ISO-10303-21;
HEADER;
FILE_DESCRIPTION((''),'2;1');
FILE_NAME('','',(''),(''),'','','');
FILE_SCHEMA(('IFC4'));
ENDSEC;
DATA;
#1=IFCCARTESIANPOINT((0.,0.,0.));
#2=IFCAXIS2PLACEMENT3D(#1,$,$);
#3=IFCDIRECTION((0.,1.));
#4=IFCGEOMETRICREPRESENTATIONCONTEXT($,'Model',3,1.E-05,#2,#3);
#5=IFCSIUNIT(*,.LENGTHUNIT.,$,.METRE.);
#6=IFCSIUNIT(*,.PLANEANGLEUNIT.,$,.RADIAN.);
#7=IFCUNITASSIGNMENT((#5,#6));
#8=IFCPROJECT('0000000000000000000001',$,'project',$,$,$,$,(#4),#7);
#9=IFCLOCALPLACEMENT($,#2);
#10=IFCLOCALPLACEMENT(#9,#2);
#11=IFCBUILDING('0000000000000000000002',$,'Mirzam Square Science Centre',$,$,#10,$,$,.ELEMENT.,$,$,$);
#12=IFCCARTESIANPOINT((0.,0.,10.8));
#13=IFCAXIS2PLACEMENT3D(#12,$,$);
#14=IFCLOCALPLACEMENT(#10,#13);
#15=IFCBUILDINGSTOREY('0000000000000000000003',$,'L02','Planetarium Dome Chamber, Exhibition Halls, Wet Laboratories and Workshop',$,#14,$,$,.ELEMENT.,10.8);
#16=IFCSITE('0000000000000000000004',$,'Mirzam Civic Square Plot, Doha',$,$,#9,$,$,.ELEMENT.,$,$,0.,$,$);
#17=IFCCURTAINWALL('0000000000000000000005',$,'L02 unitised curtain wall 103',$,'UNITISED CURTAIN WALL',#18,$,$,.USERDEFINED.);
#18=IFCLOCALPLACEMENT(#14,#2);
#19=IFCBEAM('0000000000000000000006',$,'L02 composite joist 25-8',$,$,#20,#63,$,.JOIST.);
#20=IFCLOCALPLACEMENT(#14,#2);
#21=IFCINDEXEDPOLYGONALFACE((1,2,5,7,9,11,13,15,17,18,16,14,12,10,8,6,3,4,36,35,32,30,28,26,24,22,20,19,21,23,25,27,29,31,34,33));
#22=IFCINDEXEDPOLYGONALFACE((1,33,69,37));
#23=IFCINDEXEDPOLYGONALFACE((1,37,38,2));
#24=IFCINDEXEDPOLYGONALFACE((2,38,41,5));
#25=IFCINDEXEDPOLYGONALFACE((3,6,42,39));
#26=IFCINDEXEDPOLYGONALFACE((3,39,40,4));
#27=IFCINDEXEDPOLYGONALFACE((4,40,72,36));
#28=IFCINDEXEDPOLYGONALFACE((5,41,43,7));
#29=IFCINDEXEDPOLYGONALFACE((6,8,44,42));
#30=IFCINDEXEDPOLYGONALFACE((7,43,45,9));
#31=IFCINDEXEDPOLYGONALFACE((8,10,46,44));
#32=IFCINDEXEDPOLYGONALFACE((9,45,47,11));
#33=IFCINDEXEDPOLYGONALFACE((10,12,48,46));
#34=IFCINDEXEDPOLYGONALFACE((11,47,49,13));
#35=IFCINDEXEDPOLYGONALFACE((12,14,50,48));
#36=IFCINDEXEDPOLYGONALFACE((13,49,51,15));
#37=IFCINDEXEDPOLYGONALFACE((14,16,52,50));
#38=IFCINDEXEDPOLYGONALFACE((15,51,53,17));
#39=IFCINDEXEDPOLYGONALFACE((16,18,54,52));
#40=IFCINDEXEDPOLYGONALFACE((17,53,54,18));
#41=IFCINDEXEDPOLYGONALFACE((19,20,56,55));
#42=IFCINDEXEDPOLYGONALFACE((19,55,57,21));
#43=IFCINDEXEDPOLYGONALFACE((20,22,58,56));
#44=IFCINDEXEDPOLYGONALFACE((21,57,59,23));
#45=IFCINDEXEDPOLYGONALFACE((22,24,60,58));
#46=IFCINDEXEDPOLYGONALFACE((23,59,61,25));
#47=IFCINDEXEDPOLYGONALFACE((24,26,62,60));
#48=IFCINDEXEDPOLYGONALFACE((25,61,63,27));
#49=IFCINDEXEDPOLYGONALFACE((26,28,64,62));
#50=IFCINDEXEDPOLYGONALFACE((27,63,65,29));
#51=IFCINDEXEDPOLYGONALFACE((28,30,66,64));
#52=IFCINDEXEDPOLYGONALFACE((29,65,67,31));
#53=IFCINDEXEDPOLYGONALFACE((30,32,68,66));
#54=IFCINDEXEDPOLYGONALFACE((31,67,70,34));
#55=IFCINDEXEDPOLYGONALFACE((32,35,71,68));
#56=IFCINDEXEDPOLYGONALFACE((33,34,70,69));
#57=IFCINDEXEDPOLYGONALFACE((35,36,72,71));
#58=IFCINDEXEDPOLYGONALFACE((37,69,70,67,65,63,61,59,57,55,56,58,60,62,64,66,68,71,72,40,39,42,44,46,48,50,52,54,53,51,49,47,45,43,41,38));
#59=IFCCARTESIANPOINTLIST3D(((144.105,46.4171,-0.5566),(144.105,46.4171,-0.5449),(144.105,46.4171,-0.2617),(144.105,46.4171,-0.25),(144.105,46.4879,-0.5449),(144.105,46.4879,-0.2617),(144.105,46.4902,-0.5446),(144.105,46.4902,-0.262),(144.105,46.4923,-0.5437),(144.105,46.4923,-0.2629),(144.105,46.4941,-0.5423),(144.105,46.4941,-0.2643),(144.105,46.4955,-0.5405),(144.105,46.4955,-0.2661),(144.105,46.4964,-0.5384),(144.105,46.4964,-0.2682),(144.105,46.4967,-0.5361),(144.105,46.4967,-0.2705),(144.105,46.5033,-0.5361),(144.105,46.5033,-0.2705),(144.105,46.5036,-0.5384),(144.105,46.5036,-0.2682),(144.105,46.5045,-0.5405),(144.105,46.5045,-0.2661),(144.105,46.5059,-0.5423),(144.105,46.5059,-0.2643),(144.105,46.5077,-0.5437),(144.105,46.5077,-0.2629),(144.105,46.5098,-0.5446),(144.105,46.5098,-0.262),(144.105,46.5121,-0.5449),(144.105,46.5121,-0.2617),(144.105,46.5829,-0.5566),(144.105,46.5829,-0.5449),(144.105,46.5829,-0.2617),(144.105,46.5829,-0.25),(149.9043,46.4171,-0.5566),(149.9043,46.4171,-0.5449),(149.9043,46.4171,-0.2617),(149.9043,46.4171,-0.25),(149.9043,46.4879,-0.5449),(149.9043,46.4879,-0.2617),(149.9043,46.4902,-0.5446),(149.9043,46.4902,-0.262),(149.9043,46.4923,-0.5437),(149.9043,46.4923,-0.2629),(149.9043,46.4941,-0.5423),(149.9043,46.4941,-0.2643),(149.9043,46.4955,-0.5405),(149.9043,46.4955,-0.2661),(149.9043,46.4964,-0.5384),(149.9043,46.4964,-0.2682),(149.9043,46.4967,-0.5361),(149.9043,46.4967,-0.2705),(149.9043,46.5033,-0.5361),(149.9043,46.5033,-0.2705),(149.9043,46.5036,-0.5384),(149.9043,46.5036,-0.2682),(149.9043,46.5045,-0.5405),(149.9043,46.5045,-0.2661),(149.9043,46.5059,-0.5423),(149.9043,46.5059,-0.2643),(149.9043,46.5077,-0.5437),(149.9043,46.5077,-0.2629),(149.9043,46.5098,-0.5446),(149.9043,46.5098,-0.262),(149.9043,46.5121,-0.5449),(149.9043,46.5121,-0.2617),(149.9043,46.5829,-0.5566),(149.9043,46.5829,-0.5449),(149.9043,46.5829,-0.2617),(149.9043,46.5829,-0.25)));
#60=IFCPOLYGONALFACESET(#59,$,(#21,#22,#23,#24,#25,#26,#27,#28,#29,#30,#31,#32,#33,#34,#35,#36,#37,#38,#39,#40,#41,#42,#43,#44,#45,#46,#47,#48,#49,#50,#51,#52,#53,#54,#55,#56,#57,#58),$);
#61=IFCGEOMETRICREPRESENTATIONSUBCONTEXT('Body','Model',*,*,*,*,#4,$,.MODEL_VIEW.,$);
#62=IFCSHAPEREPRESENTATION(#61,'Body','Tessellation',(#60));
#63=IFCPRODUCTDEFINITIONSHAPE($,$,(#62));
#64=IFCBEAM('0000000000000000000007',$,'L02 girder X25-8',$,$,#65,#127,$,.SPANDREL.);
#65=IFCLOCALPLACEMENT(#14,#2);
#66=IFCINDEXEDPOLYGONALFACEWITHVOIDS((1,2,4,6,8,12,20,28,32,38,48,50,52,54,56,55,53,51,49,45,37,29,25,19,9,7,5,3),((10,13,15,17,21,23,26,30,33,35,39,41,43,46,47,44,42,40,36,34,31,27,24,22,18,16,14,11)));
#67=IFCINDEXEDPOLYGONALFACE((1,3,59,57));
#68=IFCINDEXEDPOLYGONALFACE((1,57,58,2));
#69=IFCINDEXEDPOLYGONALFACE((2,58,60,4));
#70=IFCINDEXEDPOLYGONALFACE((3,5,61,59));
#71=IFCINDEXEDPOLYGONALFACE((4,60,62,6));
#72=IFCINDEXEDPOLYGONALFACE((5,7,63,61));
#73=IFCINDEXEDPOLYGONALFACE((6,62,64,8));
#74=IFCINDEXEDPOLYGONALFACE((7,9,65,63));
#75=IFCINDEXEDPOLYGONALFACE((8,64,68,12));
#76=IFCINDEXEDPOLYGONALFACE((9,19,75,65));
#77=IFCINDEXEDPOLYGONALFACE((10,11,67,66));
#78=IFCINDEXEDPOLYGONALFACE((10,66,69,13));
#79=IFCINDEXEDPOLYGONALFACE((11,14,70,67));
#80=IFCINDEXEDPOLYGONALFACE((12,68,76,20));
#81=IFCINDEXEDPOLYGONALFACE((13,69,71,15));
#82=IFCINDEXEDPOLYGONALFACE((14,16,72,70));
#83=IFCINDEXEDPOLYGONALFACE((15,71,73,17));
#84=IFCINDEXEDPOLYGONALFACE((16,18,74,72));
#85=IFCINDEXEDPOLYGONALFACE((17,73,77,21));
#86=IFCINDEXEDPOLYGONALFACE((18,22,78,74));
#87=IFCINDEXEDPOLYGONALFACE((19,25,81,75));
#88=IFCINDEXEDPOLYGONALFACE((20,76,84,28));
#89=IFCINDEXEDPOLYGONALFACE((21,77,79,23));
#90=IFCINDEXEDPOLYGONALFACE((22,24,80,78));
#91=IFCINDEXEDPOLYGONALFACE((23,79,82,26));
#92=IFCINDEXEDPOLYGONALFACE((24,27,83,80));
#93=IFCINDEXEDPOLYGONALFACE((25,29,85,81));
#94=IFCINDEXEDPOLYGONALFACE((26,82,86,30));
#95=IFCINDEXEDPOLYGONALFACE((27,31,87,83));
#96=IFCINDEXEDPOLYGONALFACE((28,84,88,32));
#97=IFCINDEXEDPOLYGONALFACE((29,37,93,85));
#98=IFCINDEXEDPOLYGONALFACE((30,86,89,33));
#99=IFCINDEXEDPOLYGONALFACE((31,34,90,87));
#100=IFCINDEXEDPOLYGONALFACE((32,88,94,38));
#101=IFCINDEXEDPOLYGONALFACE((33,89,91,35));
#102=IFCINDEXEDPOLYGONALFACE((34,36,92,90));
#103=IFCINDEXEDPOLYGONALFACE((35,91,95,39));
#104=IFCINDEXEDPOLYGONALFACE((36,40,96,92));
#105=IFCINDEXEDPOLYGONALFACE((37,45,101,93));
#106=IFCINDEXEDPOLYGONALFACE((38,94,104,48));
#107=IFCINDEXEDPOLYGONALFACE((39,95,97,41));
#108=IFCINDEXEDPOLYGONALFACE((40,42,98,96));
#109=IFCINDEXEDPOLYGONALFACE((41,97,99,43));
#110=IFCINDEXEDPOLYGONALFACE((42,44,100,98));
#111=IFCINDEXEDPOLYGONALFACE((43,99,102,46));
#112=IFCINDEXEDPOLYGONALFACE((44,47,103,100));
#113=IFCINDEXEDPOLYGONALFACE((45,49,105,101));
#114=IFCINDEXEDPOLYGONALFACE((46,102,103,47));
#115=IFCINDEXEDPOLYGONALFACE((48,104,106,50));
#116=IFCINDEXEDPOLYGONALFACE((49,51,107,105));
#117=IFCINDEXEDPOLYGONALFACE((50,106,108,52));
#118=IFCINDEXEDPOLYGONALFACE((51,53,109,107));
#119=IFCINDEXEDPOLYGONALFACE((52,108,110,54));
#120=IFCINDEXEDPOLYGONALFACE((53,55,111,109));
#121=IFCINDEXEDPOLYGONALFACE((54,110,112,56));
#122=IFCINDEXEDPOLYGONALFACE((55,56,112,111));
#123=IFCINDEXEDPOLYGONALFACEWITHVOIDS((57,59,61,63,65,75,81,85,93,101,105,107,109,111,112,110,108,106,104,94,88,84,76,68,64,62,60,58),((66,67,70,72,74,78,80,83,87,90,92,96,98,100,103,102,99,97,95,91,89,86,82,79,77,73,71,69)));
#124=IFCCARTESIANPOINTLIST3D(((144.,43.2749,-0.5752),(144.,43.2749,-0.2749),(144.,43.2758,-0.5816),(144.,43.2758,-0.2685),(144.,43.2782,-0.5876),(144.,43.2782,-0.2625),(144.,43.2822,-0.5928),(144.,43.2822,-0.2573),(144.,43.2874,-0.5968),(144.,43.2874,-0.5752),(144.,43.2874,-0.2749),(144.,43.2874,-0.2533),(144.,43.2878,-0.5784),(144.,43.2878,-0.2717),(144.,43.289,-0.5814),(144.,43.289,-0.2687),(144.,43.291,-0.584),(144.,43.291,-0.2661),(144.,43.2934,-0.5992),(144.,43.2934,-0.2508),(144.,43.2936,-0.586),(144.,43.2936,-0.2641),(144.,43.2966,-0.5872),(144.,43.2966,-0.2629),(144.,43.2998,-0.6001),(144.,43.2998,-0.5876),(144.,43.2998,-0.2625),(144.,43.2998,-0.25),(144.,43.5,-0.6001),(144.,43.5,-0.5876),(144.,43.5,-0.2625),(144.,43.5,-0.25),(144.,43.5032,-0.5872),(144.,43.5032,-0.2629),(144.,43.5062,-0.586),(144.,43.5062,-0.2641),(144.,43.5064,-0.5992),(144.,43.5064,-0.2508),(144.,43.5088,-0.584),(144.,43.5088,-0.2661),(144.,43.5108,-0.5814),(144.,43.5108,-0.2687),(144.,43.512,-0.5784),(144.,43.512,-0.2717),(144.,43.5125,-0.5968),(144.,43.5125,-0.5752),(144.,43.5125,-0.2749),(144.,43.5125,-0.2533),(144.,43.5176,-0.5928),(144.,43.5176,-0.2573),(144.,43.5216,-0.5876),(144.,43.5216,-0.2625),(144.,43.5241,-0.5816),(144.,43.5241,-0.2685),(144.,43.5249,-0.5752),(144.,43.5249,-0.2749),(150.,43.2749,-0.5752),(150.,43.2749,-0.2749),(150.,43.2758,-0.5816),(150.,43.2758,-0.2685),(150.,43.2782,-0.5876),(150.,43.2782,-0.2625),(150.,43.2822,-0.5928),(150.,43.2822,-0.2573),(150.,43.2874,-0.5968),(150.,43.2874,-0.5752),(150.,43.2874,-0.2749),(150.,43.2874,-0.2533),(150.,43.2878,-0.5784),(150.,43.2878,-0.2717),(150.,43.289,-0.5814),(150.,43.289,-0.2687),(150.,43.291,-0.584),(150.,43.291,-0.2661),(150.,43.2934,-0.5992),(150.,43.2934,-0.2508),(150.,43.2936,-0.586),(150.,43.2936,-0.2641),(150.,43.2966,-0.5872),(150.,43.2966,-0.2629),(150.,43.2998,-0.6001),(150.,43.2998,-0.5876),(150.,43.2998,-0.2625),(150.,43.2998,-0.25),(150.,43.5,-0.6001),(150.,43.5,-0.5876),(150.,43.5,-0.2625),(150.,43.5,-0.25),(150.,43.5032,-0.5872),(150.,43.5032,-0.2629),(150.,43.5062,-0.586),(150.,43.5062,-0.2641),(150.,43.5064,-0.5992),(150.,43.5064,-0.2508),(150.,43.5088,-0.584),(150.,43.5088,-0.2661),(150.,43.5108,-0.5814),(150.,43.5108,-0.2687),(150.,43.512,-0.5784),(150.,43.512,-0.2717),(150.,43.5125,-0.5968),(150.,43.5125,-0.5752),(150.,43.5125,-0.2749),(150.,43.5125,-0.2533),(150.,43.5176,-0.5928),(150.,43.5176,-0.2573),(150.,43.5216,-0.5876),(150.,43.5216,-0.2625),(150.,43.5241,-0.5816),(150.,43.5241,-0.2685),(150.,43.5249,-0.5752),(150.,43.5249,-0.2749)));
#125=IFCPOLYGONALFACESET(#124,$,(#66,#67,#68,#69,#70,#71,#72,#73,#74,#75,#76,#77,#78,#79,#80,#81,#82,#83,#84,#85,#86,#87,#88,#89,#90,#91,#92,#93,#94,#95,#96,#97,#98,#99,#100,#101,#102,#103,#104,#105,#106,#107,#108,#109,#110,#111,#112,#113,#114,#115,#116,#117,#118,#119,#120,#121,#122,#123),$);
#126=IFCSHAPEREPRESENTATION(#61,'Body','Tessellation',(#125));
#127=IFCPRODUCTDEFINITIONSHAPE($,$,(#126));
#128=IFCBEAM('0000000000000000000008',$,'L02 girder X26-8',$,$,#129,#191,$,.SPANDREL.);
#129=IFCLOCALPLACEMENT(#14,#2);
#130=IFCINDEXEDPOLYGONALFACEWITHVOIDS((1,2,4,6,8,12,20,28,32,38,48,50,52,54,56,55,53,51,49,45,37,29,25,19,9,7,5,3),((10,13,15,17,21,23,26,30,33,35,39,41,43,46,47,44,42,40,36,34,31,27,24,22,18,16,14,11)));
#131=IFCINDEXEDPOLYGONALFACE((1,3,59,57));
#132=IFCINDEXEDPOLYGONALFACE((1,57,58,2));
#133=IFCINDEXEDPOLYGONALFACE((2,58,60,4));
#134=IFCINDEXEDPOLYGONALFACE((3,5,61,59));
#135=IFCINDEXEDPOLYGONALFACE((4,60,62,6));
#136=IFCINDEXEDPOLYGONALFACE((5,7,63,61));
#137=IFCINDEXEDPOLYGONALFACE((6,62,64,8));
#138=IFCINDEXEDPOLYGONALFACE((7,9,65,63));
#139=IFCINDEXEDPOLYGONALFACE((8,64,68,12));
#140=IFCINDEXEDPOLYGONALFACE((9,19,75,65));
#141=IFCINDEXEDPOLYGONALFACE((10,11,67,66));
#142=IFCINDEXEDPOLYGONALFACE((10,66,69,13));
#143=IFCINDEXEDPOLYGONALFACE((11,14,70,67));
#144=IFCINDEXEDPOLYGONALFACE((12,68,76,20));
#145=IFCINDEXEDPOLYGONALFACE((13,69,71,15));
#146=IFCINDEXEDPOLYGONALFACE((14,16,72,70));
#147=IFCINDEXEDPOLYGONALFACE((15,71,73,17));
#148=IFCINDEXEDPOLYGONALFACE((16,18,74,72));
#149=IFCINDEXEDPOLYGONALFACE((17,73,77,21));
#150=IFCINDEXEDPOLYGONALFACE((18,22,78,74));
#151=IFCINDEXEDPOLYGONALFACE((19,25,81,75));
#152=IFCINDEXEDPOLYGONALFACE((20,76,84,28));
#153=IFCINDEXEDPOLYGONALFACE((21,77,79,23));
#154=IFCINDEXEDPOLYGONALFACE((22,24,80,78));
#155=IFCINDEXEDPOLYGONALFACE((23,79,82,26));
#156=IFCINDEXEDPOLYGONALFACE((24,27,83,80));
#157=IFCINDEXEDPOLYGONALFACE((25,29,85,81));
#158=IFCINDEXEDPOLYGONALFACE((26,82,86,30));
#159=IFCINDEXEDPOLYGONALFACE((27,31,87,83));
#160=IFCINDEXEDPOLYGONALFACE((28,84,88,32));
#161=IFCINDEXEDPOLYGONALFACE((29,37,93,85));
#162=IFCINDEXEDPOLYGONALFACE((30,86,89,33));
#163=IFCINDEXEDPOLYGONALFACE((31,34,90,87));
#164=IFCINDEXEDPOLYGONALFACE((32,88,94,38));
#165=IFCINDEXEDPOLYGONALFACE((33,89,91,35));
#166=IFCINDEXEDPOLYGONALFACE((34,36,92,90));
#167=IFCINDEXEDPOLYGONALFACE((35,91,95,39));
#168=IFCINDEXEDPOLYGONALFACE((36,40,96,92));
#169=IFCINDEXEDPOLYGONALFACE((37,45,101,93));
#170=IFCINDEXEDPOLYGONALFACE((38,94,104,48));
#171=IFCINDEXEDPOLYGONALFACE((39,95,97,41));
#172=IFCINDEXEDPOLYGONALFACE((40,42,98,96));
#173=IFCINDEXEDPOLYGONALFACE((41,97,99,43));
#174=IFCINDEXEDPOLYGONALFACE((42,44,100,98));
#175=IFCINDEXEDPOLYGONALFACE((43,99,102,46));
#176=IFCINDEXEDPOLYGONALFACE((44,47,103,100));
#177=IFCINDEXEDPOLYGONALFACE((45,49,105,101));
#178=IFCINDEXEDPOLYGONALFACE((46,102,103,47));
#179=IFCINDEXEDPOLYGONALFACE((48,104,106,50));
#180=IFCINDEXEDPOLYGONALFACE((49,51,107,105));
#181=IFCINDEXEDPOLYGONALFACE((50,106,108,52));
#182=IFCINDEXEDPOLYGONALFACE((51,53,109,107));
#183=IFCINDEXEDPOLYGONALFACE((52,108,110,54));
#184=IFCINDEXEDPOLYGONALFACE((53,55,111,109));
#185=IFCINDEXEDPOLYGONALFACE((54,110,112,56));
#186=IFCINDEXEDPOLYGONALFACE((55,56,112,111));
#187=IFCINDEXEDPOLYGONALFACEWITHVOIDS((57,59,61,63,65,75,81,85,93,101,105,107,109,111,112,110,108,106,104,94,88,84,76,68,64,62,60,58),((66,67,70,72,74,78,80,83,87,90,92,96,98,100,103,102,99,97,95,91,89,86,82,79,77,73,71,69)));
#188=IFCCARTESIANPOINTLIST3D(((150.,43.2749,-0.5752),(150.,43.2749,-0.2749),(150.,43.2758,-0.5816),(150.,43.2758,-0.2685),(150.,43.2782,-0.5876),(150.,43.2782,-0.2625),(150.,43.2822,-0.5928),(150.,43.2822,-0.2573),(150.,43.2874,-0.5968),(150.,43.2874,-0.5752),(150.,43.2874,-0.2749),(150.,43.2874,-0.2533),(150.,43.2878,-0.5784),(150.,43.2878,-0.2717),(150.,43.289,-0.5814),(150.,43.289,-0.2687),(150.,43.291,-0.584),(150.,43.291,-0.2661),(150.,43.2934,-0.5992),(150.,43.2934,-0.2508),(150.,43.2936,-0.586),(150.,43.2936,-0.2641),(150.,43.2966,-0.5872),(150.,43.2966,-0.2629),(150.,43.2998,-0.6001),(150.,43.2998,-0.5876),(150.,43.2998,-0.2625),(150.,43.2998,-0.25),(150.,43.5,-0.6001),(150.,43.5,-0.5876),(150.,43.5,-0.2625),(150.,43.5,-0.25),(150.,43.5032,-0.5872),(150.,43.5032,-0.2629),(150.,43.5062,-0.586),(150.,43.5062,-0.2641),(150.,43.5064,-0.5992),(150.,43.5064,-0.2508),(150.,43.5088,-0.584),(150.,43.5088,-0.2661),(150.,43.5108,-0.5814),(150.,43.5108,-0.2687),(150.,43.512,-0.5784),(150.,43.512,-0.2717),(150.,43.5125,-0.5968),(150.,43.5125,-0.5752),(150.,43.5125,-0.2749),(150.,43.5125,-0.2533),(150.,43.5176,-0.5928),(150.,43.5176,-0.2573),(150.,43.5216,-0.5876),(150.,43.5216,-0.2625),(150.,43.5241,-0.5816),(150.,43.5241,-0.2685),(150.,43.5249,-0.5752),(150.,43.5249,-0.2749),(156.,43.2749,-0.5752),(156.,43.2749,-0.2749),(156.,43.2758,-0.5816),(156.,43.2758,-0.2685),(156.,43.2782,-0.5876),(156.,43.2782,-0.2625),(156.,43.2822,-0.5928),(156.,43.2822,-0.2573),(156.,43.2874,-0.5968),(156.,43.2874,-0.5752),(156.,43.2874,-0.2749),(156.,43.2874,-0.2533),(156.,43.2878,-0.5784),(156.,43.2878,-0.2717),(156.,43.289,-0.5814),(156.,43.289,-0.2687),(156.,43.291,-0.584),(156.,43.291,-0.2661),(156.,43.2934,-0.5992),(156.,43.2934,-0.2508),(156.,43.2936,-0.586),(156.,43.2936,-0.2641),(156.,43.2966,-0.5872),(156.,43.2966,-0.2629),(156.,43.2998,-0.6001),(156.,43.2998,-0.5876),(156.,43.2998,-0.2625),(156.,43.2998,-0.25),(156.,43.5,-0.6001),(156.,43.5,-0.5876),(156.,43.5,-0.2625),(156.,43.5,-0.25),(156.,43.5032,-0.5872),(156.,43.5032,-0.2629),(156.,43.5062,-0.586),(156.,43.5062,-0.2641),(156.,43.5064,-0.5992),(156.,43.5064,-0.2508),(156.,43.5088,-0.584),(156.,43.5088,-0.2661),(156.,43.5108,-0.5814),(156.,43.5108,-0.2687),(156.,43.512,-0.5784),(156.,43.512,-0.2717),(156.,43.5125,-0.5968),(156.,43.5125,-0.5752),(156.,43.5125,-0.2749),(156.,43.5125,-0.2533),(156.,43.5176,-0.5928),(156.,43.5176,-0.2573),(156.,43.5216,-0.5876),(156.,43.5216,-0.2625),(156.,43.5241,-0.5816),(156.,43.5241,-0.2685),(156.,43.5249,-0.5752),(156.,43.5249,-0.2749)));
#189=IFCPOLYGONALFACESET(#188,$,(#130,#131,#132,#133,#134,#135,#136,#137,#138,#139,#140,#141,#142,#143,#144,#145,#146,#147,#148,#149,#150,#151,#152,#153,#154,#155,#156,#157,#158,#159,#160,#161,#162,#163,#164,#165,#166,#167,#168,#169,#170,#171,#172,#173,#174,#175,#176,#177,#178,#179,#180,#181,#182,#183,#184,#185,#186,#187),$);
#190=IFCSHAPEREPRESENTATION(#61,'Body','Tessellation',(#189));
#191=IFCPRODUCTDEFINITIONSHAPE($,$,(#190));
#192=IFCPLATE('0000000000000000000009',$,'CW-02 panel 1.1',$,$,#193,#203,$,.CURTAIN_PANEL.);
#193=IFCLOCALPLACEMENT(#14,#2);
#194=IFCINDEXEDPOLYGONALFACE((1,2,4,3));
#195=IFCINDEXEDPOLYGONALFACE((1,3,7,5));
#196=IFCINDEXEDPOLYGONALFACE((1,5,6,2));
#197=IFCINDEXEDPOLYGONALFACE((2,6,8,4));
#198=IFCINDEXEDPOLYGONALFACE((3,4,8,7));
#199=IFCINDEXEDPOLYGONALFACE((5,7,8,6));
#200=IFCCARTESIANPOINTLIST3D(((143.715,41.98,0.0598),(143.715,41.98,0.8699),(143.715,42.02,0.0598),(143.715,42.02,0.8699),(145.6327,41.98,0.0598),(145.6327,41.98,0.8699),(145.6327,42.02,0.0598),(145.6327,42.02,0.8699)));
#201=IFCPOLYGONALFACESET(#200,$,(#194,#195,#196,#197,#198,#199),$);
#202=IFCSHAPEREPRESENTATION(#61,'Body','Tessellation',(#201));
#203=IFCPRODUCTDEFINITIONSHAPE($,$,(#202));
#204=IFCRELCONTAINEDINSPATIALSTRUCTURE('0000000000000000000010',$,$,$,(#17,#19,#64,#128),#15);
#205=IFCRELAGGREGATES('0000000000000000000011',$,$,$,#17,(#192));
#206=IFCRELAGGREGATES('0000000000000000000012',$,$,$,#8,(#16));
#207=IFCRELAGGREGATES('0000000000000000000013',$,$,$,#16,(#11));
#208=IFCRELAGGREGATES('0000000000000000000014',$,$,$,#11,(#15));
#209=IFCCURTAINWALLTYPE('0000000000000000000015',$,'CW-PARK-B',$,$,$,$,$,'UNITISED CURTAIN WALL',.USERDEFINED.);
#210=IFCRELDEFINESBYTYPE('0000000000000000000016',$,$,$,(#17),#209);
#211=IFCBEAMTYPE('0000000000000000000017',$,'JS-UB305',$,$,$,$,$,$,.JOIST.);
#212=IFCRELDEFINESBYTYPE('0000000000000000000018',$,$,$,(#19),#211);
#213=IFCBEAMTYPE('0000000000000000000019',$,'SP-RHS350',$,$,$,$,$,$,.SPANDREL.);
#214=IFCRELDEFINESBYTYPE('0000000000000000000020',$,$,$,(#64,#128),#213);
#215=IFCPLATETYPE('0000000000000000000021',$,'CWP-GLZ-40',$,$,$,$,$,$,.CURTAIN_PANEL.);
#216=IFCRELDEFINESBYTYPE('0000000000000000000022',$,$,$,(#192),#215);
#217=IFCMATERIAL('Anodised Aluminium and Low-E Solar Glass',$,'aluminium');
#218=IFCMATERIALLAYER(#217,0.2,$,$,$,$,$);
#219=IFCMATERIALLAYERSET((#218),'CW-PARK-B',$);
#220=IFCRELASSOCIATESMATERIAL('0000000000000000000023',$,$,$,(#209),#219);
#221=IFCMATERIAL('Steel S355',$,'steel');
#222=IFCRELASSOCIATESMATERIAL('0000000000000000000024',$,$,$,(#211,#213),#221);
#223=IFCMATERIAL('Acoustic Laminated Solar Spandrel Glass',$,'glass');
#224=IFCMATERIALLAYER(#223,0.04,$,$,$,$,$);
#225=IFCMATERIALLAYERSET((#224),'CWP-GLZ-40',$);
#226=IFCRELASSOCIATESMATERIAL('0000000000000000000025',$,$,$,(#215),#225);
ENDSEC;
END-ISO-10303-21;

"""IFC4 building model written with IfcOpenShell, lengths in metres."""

from ifc_helpers import new_model, si_unit, direction, frame, origin, origin_2d, place, context, subcontext, project, spatial, rectangle, hollow_rectangle, i_section, extrude, material, layer, layer_set, material_profile, profile_set, type_object, element, aggregate, save


model = new_model("IFC4")

# Units and contexts
model_context = context("Model", 3, precision=1e-05, world=origin(), true_north=direction((0.0, 1.0)))
body_context = subcontext(model_context, "Body", "Model", "MODEL_VIEW")
ifc_project = project(units=[si_unit("LENGTHUNIT", "METRE"), si_unit("PLANEANGLEUNIT", "RADIAN")], contexts=[model_context])

# Site, building, storey
site_placement = place(None, origin())
site = spatial("IfcSite", under=ifc_project, at=site_placement, Name="Mirzam Civic Square Plot, Doha", CompositionType="ELEMENT", RefElevation=0.0)
building_placement = place(site_placement, origin())
building = spatial("IfcBuilding", under=site, at=building_placement, Name="Mirzam Square Science Centre", CompositionType="ELEMENT")
storey_placement = place(building_placement, frame((0.0, 0.0, 10.8)))
storey = spatial("IfcBuildingStorey", under=building, at=storey_placement, Name="L02", Description="Planetarium Dome Chamber, Exhibition Halls, Wet Laboratories and Workshop", CompositionType="ELEMENT", Elevation=10.8)

# Shared definitions
ifc_material_1 = material(Name="Steel S355", Category="steel")

# Curtain wall
ifc_material_2 = material(Name="Anodised Aluminium and Low-E Solar Glass", Category="aluminium")
ifc_layer_1 = layer(ifc_material_2, 0.2)
ifc_layer_set_1 = layer_set([ifc_layer_1], Name="CW-PARK-B")
curtain_wall_type_1 = type_object("IfcCurtainWallType", Name="CW-PARK-B", ElementType="UNITISED CURTAIN WALL", PredefinedType="USERDEFINED", material=ifc_layer_set_1)
curtain_wall_1_placement = place(storey_placement, origin())
curtain_wall_1 = element("IfcCurtainWall", 1, at=curtain_wall_1_placement, inside=storey, type_object=curtain_wall_type_1, Name="L02 unitised curtain wall 103", ObjectType="UNITISED CURTAIN WALL", PredefinedType="USERDEFINED")

# Beams
ifc_material_profile_1 = material_profile(ifc_material_1, i_section(OverallWidth=0.1658, OverallDepth=0.3066, WebThickness=0.0066, FlangeThickness=0.0117, FilletRadius=0.0088, at=origin_2d()), Name="305x165x46UB")
ifc_profile_set_1 = profile_set([ifc_material_profile_1], Name="Steel S355")
beam_type_1 = type_object("IfcBeamType", Name="JS-UB305", PredefinedType="JOIST", material=ifc_profile_set_1)
beam_1_placement = place(storey_placement, frame((144.105, 46.5, -0.4033), z_axis=(1.0, 0.0, 0.0), x_axis=(0.0, 1.0, 0.0)))
element("IfcBeam", 2, at=beam_1_placement, inside=storey, type_object=beam_type_1, Name="L02 composite joist 25-8", PredefinedType="JOIST", context=body_context, shape_type="SweptSolid", body=[
    extrude(i_section(OverallWidth=0.1658, OverallDepth=0.3066, WebThickness=0.0066, FlangeThickness=0.0117, FilletRadius=0.0088, at=origin_2d()), origin(), (0.0, 0.0, 1.0), 5.7993),
])
ifc_material_profile_2 = material_profile(ifc_material_1, hollow_rectangle(XDim=0.25, YDim=0.3501, WallThickness=0.0125, InnerFilletRadius=0.0125, OuterFilletRadius=0.0249, at=origin_2d()), Name="350x250x12.5RHS")
ifc_profile_set_2 = profile_set([ifc_material_profile_2], Name="Steel S355")
beam_type_2 = type_object("IfcBeamType", Name="SP-RHS350", PredefinedType="SPANDREL", material=ifc_profile_set_2)
for number, where, z_axis, x_axis, name in (
    (3, (144.0, 43.3999, -0.425), (1.0, 0.0, 0.0), (0.0, 1.0, 0.0), "L02 girder X25-8"),
    (4, (150.0, 43.3999, -0.425), (1.0, 0.0, 0.0), (0.0, 1.0, 0.0), "L02 girder X26-8"),
):
    element("IfcBeam", number, at=place(storey_placement, frame(where, z_axis=z_axis, x_axis=x_axis)), inside=storey, type_object=beam_type_2, Name=name, PredefinedType="SPANDREL", context=body_context, shape_type="SweptSolid", body=[
        extrude(hollow_rectangle(XDim=0.25, YDim=0.3501, WallThickness=0.0125, InnerFilletRadius=0.0125, OuterFilletRadius=0.0249, at=origin_2d()), origin(), (0.0, 0.0, 1.0), 6.0),
    ])

# Plate
ifc_material_3 = material(Name="Acoustic Laminated Solar Spandrel Glass", Category="glass")
ifc_layer_2 = layer(ifc_material_3, 0.04)
ifc_layer_set_2 = layer_set([ifc_layer_2], Name="CWP-GLZ-40")
plate_type = type_object("IfcPlateType", Name="CWP-GLZ-40", PredefinedType="CURTAIN_PANEL", material=ifc_layer_set_2)
plate_1_placement = place(storey_placement, frame((144.6738, 42.0, 0.0598), z_axis=(0.0, 0.0, 1.0), x_axis=(1.0, 0.0, 0.0)))
plate_1 = element("IfcPlate", 5, at=plate_1_placement, type_object=plate_type, Name="CW-02 panel 1.1", PredefinedType="CURTAIN_PANEL", context=body_context, shape_type="SweptSolid", body=[
    extrude(rectangle(XDim=1.9177, YDim=0.04, at=origin_2d()), origin(), (0.0, 0.0, 1.0), 0.8101),
])
aggregate(curtain_wall_1, [plate_1])

save(model, "model.ifc")
